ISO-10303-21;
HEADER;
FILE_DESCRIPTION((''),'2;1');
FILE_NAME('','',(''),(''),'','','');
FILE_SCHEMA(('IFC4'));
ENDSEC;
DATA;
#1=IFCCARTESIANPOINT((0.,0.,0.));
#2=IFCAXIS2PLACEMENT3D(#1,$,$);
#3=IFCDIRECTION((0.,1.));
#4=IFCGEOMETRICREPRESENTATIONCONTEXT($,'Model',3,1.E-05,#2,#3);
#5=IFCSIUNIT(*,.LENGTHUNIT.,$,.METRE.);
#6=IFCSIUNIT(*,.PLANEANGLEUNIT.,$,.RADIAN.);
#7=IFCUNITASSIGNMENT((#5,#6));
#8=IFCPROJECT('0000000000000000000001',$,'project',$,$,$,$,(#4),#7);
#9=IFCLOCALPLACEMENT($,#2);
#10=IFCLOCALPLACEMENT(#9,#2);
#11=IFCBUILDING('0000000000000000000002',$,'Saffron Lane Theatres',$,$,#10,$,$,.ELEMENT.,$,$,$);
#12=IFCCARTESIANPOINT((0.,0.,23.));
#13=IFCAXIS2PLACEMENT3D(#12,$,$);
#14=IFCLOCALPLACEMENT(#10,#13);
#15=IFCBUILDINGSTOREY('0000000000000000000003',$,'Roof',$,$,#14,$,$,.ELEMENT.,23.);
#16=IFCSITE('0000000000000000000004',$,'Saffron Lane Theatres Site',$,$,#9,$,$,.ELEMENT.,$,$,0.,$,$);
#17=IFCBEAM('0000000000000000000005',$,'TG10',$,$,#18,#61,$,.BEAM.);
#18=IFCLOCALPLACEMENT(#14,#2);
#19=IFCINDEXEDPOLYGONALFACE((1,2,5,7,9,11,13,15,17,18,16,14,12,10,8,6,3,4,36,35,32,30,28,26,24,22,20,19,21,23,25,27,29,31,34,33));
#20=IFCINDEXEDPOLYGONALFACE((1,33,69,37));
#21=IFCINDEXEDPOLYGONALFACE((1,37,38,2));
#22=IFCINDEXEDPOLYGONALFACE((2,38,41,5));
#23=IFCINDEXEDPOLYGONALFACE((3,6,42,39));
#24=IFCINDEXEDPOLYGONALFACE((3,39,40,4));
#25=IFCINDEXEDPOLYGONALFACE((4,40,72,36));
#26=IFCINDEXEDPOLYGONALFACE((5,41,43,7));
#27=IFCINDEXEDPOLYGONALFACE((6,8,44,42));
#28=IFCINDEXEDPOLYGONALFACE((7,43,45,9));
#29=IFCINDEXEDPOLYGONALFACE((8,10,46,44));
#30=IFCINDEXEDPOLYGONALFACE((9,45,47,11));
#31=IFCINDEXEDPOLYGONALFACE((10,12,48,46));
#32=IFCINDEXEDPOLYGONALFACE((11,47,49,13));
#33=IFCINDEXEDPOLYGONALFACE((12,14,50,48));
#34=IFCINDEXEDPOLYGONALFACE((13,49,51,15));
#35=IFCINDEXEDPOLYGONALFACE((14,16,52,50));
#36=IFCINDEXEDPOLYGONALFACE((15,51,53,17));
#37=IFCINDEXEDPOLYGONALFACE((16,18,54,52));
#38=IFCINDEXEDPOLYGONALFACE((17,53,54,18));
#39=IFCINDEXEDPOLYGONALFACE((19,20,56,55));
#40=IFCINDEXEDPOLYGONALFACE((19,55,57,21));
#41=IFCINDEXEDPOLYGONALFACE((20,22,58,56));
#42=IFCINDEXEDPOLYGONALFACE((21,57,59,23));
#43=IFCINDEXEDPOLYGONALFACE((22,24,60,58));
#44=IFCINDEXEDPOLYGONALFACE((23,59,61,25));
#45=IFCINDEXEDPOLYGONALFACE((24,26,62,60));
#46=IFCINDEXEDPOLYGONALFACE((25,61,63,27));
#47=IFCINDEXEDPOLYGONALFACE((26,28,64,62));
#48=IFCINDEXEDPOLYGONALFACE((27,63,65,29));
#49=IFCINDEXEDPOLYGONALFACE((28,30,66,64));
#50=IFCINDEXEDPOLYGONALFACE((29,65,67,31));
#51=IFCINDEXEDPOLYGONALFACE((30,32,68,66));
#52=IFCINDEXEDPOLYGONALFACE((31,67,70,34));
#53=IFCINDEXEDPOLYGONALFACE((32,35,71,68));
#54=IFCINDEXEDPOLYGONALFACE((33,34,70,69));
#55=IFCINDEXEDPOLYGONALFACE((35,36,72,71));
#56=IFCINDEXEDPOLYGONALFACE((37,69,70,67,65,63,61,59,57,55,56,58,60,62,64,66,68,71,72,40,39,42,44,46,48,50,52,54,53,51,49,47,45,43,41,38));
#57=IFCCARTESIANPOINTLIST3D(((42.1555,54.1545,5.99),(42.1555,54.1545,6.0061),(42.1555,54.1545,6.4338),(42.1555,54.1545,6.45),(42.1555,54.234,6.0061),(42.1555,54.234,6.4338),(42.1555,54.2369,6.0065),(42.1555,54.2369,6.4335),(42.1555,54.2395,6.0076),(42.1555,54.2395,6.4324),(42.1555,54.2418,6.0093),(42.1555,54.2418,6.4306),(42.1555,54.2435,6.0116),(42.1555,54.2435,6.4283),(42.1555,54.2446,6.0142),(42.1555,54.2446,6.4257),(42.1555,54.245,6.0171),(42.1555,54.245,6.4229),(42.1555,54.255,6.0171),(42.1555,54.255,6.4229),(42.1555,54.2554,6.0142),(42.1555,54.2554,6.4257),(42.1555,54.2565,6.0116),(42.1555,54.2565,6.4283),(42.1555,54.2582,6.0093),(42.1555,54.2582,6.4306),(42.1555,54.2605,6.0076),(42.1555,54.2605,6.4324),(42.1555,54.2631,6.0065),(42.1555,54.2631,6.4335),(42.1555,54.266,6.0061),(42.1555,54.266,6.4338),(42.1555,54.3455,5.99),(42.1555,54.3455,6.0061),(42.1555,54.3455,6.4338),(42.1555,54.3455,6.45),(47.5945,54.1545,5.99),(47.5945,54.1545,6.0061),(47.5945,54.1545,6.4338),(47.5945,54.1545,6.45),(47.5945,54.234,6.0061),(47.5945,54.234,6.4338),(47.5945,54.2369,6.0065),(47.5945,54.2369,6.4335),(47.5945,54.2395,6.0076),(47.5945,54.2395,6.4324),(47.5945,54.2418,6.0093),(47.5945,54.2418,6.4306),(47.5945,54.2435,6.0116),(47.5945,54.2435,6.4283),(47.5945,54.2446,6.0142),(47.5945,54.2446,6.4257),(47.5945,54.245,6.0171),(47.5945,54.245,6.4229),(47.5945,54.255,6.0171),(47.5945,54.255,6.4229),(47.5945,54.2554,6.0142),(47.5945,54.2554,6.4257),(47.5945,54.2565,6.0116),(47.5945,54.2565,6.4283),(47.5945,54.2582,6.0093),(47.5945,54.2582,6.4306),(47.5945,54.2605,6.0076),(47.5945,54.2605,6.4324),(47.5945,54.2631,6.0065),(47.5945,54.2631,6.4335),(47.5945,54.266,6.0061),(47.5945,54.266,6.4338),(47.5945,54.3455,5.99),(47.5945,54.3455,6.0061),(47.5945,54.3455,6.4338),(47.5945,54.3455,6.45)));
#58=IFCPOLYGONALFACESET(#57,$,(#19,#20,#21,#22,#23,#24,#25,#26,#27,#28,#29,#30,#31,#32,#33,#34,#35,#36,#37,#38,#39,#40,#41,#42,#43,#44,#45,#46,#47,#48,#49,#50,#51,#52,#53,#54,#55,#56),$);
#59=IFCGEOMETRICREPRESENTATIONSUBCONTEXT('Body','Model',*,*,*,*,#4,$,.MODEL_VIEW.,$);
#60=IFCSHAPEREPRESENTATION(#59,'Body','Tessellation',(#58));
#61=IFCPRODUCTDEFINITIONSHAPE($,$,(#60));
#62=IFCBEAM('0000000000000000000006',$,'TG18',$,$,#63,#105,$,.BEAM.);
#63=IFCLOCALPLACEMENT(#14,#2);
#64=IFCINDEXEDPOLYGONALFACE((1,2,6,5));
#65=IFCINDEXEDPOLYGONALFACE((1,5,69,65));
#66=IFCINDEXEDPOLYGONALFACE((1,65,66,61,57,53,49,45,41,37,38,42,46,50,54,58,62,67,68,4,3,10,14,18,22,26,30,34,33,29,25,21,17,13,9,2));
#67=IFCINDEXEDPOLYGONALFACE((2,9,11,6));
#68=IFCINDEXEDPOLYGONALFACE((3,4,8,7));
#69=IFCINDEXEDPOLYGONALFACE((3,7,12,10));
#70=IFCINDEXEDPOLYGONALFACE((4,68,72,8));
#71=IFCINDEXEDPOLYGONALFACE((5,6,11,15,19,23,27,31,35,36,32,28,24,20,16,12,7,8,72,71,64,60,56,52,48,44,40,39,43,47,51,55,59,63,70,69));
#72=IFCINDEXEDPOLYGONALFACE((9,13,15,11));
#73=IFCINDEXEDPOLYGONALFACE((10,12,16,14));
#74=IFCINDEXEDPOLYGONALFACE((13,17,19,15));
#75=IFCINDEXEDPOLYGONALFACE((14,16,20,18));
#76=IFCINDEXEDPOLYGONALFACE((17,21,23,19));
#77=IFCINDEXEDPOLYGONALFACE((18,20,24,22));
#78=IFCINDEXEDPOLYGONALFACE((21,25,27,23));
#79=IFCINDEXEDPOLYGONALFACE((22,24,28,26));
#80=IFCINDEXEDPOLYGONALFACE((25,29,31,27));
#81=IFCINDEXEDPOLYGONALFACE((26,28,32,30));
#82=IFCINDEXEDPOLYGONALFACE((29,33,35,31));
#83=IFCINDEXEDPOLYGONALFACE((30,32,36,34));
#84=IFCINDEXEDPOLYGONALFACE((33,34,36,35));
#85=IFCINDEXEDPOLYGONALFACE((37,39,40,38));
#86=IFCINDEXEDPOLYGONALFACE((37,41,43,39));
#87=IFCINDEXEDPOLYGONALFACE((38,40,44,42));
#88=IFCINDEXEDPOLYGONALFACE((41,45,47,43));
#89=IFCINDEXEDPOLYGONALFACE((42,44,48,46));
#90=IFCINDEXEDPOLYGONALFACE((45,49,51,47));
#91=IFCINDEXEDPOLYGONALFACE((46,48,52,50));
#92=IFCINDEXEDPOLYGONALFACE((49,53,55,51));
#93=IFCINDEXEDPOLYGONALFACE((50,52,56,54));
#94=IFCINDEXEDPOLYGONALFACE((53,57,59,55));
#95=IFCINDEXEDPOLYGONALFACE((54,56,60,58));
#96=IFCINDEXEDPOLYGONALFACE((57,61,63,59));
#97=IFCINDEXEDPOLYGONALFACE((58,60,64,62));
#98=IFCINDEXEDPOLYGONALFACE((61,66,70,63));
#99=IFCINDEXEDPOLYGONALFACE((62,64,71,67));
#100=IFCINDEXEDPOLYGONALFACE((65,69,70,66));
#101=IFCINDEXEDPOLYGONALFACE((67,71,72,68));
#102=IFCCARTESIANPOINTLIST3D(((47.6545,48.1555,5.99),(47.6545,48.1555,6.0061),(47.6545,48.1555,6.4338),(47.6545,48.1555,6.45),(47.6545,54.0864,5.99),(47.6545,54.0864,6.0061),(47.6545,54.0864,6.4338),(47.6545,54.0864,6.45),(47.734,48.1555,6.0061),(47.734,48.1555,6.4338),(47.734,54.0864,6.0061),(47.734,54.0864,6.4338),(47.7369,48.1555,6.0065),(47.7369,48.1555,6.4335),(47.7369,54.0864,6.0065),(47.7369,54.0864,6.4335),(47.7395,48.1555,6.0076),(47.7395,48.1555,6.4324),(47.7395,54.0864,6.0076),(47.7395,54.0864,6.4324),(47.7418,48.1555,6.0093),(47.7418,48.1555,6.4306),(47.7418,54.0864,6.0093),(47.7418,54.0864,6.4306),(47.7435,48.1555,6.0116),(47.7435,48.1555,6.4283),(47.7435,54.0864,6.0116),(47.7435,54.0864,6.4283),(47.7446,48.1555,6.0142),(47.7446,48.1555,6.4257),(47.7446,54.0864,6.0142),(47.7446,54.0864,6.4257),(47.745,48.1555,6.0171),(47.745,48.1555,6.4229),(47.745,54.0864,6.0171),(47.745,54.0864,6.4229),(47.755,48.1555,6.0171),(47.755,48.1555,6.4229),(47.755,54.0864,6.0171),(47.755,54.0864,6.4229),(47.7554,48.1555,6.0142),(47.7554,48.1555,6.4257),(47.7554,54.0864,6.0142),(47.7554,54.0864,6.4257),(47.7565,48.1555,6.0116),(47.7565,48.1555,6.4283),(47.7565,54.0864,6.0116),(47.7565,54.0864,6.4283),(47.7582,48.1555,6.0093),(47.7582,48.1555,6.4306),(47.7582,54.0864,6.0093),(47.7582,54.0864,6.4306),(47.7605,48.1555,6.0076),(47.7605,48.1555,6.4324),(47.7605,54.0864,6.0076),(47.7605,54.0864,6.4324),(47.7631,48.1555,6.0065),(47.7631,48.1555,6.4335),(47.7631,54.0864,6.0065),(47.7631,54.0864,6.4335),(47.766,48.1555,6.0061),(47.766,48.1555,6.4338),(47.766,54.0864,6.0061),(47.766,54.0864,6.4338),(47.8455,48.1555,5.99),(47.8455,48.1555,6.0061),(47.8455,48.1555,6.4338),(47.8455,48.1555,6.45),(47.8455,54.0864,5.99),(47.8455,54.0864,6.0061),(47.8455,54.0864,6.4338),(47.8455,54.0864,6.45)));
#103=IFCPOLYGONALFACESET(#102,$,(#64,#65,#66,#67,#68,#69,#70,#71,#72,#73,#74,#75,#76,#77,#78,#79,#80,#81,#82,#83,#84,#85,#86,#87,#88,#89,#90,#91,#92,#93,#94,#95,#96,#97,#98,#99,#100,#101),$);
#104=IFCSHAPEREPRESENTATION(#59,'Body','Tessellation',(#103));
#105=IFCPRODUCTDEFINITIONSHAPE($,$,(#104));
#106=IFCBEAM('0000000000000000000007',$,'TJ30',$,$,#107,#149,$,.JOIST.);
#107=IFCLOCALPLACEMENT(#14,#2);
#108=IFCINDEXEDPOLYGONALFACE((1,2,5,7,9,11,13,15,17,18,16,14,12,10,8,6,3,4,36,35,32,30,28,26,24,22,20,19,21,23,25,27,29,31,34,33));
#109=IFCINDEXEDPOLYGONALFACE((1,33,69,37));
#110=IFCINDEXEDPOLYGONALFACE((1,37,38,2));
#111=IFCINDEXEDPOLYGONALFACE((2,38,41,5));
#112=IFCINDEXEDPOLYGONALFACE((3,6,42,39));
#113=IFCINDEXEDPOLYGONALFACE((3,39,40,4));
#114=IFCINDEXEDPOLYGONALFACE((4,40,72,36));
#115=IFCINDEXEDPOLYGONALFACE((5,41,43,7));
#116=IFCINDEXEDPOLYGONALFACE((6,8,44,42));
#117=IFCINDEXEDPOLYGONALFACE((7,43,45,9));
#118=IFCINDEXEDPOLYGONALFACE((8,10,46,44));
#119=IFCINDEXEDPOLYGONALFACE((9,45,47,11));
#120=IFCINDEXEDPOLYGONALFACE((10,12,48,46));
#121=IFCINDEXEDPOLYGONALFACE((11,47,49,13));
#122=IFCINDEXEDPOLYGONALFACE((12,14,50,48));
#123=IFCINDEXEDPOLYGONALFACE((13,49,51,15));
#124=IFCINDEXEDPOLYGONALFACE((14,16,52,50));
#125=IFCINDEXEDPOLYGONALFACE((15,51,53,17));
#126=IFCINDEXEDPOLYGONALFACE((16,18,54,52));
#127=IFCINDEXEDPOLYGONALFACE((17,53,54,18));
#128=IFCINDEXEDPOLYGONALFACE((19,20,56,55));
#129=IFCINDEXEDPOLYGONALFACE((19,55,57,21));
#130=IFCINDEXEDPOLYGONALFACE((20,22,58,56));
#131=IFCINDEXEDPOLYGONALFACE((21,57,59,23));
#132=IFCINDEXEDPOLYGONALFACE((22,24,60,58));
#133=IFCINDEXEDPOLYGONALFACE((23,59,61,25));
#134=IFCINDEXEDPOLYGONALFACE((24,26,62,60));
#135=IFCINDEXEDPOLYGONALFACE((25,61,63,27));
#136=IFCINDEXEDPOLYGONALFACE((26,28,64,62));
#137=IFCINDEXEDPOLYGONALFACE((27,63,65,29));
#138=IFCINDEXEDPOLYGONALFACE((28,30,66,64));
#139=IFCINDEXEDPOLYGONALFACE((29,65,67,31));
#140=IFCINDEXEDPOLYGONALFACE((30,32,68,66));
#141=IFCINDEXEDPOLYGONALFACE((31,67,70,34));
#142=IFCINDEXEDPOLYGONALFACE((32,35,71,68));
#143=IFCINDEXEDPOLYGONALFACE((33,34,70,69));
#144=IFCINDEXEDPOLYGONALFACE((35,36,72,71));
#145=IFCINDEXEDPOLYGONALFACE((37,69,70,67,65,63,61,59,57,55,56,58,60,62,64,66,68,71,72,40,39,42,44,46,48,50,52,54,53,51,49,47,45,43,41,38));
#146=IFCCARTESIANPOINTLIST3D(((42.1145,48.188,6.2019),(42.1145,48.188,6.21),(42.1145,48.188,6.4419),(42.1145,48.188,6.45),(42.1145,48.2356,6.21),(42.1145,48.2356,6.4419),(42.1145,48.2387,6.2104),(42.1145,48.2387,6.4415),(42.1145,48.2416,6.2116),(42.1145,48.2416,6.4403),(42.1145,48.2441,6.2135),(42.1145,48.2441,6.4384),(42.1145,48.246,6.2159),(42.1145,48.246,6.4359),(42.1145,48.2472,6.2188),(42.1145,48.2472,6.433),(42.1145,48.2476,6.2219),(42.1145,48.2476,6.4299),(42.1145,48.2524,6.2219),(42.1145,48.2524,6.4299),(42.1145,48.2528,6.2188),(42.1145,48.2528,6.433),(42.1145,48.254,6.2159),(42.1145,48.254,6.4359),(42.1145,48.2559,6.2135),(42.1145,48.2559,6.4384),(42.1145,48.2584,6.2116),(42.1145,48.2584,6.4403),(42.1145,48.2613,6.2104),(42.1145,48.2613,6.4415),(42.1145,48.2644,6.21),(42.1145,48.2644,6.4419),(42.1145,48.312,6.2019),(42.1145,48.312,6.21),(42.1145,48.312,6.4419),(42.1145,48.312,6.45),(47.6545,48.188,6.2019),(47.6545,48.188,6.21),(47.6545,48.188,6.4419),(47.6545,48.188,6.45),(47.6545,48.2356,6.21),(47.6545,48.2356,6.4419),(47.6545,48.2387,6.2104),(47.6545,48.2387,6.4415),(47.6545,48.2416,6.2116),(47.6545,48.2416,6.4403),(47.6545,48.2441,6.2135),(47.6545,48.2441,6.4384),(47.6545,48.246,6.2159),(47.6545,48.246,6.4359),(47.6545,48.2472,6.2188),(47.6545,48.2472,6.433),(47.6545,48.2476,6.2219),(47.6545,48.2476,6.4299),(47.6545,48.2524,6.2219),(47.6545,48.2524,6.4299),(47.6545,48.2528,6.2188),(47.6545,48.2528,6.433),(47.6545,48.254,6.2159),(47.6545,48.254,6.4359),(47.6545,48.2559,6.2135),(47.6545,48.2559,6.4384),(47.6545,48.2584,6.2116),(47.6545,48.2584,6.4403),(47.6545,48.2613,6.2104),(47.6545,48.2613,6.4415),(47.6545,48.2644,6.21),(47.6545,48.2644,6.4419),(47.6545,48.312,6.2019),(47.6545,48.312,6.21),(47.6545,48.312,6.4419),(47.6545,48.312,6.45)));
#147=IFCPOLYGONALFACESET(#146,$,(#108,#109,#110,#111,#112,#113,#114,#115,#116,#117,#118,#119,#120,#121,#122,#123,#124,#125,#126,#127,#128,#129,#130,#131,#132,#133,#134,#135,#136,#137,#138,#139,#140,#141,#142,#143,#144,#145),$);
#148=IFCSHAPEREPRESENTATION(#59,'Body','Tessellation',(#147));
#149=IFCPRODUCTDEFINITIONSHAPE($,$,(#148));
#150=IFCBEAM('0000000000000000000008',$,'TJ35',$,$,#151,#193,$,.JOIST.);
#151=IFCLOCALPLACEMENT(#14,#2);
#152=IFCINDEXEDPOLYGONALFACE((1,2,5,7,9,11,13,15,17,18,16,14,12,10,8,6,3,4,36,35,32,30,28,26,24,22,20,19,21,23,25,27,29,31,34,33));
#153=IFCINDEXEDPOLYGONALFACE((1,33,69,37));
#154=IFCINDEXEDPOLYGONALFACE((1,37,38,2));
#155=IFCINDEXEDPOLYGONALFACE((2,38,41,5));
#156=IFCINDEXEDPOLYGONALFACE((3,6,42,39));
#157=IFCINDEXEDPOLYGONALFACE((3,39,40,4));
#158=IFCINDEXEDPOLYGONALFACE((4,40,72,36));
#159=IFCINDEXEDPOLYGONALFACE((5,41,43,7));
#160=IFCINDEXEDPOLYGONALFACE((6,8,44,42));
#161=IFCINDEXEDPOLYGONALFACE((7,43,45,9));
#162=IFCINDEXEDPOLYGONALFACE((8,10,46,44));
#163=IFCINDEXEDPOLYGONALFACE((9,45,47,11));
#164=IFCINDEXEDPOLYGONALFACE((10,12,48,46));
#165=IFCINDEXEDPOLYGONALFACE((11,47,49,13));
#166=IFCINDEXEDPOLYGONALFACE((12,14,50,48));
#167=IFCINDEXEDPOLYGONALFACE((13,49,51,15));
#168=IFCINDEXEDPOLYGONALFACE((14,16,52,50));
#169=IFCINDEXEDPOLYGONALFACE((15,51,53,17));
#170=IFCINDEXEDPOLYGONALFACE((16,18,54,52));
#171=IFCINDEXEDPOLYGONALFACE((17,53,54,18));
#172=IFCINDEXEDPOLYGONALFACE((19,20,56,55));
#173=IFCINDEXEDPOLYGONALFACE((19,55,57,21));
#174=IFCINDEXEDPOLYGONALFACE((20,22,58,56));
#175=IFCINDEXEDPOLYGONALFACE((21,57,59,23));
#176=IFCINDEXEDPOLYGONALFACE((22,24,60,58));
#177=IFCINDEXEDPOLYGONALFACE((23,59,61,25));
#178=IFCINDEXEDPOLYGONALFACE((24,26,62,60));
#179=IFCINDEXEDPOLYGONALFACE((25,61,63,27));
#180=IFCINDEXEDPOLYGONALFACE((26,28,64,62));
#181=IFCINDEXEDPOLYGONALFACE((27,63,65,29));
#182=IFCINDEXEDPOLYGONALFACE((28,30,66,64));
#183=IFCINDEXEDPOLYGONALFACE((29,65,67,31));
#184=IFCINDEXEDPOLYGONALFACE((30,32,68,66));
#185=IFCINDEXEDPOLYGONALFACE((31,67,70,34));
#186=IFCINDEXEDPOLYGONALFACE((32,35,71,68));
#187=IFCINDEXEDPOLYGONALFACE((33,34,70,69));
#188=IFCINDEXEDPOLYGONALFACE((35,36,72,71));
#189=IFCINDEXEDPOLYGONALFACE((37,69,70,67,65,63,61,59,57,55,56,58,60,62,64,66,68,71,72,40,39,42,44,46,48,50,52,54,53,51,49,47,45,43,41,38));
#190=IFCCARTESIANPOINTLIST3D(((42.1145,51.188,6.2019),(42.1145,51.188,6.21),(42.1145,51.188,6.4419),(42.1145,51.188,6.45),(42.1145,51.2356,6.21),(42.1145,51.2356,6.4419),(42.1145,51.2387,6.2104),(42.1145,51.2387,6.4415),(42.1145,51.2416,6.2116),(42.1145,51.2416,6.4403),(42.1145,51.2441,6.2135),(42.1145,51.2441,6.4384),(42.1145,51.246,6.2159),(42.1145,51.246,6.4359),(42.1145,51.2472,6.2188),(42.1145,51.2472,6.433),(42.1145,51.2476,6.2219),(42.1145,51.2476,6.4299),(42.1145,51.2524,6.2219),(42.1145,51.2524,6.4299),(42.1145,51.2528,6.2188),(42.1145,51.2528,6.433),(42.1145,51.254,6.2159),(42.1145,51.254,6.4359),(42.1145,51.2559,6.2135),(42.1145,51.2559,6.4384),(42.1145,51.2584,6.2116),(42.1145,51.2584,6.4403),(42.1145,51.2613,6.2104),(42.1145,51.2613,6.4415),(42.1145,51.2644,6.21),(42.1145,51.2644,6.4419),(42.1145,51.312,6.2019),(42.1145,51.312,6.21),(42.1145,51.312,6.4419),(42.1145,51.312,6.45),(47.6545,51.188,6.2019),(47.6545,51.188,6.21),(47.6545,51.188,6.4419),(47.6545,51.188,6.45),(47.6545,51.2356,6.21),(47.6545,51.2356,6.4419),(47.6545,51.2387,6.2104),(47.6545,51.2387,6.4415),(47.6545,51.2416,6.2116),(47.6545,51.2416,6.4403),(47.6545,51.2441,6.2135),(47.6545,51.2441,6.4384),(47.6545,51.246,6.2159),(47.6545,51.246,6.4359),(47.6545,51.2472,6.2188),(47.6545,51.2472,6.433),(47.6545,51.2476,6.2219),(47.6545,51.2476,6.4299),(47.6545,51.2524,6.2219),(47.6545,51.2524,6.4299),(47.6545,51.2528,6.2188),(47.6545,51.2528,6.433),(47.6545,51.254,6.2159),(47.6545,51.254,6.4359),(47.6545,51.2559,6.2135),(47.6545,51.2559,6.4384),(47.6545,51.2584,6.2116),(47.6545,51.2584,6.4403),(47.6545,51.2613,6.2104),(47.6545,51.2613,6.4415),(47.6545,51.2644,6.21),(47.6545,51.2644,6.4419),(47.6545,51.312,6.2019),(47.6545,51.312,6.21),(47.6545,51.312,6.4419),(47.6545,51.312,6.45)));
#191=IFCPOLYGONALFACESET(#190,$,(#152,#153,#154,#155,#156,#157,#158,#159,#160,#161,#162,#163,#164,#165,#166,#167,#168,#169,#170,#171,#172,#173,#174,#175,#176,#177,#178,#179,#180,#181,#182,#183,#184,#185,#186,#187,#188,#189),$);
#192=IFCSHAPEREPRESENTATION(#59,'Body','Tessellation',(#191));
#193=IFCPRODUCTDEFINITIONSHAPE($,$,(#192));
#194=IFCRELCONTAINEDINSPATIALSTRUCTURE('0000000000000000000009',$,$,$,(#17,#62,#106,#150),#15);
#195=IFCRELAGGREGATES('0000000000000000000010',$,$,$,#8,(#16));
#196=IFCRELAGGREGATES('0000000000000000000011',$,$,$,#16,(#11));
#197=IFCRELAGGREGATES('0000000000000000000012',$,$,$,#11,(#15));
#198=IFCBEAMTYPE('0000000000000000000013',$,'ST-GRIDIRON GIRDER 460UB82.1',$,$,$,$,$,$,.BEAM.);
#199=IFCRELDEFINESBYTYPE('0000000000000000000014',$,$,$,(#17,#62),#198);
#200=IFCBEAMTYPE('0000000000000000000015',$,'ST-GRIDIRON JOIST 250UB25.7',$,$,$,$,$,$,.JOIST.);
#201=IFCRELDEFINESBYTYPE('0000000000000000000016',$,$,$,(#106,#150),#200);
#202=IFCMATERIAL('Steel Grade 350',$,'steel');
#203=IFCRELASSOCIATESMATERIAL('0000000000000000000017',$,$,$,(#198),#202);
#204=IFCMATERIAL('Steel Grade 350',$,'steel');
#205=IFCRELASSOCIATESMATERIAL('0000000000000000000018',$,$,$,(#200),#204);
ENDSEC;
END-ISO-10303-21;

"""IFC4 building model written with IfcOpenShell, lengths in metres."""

from ifc_helpers import new_model, si_unit, direction, frame, origin, origin_2d, place, context, subcontext, project, spatial, i_section, extrude, material, material_profile, profile_set, type_object, element, save


model = new_model("IFC4")

# Units and contexts
model_context = context("Model", 3, precision=1e-05, world=origin(), true_north=direction((0.0, 1.0)))
body_context = subcontext(model_context, "Body", "Model", "MODEL_VIEW")
ifc_project = project(units=[si_unit("LENGTHUNIT", "METRE"), si_unit("PLANEANGLEUNIT", "RADIAN")], contexts=[model_context])

# Site, building, storey
site_placement = place(None, origin())
site = spatial("IfcSite", under=ifc_project, at=site_placement, Name="Saffron Lane Theatres Site", CompositionType="ELEMENT", RefElevation=0.0)
building_placement = place(site_placement, origin())
building = spatial("IfcBuilding", under=site, at=building_placement, Name="Saffron Lane Theatres", CompositionType="ELEMENT")
storey_placement = place(building_placement, frame((0.0, 0.0, 23.0)))
storey = spatial("IfcBuildingStorey", under=building, at=storey_placement, Name="Roof", CompositionType="ELEMENT", Elevation=23.0)

# Beams
ifc_material_1 = material(Name="Steel Grade 350", Category="steel")
ifc_material_profile_1 = material_profile(ifc_material_1, i_section(OverallWidth=0.1909, OverallDepth=0.46, WebThickness=0.01, FlangeThickness=0.0161, FilletRadius=0.011, at=origin_2d()))
ifc_profile_set_1 = profile_set([ifc_material_profile_1], Name="Steel Grade 350")
beam_type_1 = type_object("IfcBeamType", Name="ST-GRIDIRON GIRDER 460UB82.1", PredefinedType="BEAM", material=ifc_profile_set_1)
beam_1_placement = place(storey_placement, frame((42.1555, 54.25, 6.22), z_axis=(1.0, 0.0, 0.0), x_axis=(0.0, 1.0, 0.0)))
element("IfcBeam", 1, at=beam_1_placement, inside=storey, type_object=beam_type_1, Name="TG10", PredefinedType="BEAM", context=body_context, shape_type="SweptSolid", body=[
    extrude(i_section(OverallWidth=0.1909, OverallDepth=0.46, WebThickness=0.01, FlangeThickness=0.0161, FilletRadius=0.011, at=origin_2d()), origin(), (0.0, 0.0, 1.0), 5.439),
])
beam_2_placement = place(storey_placement, frame((47.75, 48.1555, 6.22), z_axis=(0.0, 1.0, 0.0), x_axis=(-1.0, 0.0, 0.0)))
element("IfcBeam", 2, at=beam_2_placement, inside=storey, type_object=beam_type_1, Name="TG18", PredefinedType="BEAM", context=body_context, shape_type="SweptSolid", body=[
    extrude(i_section(OverallWidth=0.1909, OverallDepth=0.46, WebThickness=0.01, FlangeThickness=0.0161, FilletRadius=0.011, at=origin_2d()), origin(), (0.0, 0.0, 1.0), 5.9309),
])
ifc_material_2 = material(Name="Steel Grade 350", Category="steel")
ifc_material_profile_2 = material_profile(ifc_material_2, i_section(OverallWidth=0.124, OverallDepth=0.248, WebThickness=0.0049, FlangeThickness=0.0081, FilletRadius=0.012, at=origin_2d()))
ifc_profile_set_2 = profile_set([ifc_material_profile_2], Name="Steel Grade 350")
beam_type_2 = type_object("IfcBeamType", Name="ST-GRIDIRON JOIST 250UB25.7", PredefinedType="JOIST", material=ifc_profile_set_2)
for number, where, z_axis, x_axis, name in (
    (3, (42.1145, 48.25, 6.3259), (1.0, 0.0, 0.0), (0.0, 1.0, 0.0), "TJ30"),
    (4, (42.1145, 51.25, 6.3259), (1.0, 0.0, 0.0), (0.0, 1.0, 0.0), "TJ35"),
):
    element("IfcBeam", number, at=place(storey_placement, frame(where, z_axis=z_axis, x_axis=x_axis)), inside=storey, type_object=beam_type_2, Name=name, PredefinedType="JOIST", context=body_context, shape_type="SweptSolid", body=[
        extrude(i_section(OverallWidth=0.124, OverallDepth=0.248, WebThickness=0.0049, FlangeThickness=0.0081, FilletRadius=0.012, at=origin_2d()), origin(), (0.0, 0.0, 1.0), 5.54),
    ])

save(model, "model.ifc")
